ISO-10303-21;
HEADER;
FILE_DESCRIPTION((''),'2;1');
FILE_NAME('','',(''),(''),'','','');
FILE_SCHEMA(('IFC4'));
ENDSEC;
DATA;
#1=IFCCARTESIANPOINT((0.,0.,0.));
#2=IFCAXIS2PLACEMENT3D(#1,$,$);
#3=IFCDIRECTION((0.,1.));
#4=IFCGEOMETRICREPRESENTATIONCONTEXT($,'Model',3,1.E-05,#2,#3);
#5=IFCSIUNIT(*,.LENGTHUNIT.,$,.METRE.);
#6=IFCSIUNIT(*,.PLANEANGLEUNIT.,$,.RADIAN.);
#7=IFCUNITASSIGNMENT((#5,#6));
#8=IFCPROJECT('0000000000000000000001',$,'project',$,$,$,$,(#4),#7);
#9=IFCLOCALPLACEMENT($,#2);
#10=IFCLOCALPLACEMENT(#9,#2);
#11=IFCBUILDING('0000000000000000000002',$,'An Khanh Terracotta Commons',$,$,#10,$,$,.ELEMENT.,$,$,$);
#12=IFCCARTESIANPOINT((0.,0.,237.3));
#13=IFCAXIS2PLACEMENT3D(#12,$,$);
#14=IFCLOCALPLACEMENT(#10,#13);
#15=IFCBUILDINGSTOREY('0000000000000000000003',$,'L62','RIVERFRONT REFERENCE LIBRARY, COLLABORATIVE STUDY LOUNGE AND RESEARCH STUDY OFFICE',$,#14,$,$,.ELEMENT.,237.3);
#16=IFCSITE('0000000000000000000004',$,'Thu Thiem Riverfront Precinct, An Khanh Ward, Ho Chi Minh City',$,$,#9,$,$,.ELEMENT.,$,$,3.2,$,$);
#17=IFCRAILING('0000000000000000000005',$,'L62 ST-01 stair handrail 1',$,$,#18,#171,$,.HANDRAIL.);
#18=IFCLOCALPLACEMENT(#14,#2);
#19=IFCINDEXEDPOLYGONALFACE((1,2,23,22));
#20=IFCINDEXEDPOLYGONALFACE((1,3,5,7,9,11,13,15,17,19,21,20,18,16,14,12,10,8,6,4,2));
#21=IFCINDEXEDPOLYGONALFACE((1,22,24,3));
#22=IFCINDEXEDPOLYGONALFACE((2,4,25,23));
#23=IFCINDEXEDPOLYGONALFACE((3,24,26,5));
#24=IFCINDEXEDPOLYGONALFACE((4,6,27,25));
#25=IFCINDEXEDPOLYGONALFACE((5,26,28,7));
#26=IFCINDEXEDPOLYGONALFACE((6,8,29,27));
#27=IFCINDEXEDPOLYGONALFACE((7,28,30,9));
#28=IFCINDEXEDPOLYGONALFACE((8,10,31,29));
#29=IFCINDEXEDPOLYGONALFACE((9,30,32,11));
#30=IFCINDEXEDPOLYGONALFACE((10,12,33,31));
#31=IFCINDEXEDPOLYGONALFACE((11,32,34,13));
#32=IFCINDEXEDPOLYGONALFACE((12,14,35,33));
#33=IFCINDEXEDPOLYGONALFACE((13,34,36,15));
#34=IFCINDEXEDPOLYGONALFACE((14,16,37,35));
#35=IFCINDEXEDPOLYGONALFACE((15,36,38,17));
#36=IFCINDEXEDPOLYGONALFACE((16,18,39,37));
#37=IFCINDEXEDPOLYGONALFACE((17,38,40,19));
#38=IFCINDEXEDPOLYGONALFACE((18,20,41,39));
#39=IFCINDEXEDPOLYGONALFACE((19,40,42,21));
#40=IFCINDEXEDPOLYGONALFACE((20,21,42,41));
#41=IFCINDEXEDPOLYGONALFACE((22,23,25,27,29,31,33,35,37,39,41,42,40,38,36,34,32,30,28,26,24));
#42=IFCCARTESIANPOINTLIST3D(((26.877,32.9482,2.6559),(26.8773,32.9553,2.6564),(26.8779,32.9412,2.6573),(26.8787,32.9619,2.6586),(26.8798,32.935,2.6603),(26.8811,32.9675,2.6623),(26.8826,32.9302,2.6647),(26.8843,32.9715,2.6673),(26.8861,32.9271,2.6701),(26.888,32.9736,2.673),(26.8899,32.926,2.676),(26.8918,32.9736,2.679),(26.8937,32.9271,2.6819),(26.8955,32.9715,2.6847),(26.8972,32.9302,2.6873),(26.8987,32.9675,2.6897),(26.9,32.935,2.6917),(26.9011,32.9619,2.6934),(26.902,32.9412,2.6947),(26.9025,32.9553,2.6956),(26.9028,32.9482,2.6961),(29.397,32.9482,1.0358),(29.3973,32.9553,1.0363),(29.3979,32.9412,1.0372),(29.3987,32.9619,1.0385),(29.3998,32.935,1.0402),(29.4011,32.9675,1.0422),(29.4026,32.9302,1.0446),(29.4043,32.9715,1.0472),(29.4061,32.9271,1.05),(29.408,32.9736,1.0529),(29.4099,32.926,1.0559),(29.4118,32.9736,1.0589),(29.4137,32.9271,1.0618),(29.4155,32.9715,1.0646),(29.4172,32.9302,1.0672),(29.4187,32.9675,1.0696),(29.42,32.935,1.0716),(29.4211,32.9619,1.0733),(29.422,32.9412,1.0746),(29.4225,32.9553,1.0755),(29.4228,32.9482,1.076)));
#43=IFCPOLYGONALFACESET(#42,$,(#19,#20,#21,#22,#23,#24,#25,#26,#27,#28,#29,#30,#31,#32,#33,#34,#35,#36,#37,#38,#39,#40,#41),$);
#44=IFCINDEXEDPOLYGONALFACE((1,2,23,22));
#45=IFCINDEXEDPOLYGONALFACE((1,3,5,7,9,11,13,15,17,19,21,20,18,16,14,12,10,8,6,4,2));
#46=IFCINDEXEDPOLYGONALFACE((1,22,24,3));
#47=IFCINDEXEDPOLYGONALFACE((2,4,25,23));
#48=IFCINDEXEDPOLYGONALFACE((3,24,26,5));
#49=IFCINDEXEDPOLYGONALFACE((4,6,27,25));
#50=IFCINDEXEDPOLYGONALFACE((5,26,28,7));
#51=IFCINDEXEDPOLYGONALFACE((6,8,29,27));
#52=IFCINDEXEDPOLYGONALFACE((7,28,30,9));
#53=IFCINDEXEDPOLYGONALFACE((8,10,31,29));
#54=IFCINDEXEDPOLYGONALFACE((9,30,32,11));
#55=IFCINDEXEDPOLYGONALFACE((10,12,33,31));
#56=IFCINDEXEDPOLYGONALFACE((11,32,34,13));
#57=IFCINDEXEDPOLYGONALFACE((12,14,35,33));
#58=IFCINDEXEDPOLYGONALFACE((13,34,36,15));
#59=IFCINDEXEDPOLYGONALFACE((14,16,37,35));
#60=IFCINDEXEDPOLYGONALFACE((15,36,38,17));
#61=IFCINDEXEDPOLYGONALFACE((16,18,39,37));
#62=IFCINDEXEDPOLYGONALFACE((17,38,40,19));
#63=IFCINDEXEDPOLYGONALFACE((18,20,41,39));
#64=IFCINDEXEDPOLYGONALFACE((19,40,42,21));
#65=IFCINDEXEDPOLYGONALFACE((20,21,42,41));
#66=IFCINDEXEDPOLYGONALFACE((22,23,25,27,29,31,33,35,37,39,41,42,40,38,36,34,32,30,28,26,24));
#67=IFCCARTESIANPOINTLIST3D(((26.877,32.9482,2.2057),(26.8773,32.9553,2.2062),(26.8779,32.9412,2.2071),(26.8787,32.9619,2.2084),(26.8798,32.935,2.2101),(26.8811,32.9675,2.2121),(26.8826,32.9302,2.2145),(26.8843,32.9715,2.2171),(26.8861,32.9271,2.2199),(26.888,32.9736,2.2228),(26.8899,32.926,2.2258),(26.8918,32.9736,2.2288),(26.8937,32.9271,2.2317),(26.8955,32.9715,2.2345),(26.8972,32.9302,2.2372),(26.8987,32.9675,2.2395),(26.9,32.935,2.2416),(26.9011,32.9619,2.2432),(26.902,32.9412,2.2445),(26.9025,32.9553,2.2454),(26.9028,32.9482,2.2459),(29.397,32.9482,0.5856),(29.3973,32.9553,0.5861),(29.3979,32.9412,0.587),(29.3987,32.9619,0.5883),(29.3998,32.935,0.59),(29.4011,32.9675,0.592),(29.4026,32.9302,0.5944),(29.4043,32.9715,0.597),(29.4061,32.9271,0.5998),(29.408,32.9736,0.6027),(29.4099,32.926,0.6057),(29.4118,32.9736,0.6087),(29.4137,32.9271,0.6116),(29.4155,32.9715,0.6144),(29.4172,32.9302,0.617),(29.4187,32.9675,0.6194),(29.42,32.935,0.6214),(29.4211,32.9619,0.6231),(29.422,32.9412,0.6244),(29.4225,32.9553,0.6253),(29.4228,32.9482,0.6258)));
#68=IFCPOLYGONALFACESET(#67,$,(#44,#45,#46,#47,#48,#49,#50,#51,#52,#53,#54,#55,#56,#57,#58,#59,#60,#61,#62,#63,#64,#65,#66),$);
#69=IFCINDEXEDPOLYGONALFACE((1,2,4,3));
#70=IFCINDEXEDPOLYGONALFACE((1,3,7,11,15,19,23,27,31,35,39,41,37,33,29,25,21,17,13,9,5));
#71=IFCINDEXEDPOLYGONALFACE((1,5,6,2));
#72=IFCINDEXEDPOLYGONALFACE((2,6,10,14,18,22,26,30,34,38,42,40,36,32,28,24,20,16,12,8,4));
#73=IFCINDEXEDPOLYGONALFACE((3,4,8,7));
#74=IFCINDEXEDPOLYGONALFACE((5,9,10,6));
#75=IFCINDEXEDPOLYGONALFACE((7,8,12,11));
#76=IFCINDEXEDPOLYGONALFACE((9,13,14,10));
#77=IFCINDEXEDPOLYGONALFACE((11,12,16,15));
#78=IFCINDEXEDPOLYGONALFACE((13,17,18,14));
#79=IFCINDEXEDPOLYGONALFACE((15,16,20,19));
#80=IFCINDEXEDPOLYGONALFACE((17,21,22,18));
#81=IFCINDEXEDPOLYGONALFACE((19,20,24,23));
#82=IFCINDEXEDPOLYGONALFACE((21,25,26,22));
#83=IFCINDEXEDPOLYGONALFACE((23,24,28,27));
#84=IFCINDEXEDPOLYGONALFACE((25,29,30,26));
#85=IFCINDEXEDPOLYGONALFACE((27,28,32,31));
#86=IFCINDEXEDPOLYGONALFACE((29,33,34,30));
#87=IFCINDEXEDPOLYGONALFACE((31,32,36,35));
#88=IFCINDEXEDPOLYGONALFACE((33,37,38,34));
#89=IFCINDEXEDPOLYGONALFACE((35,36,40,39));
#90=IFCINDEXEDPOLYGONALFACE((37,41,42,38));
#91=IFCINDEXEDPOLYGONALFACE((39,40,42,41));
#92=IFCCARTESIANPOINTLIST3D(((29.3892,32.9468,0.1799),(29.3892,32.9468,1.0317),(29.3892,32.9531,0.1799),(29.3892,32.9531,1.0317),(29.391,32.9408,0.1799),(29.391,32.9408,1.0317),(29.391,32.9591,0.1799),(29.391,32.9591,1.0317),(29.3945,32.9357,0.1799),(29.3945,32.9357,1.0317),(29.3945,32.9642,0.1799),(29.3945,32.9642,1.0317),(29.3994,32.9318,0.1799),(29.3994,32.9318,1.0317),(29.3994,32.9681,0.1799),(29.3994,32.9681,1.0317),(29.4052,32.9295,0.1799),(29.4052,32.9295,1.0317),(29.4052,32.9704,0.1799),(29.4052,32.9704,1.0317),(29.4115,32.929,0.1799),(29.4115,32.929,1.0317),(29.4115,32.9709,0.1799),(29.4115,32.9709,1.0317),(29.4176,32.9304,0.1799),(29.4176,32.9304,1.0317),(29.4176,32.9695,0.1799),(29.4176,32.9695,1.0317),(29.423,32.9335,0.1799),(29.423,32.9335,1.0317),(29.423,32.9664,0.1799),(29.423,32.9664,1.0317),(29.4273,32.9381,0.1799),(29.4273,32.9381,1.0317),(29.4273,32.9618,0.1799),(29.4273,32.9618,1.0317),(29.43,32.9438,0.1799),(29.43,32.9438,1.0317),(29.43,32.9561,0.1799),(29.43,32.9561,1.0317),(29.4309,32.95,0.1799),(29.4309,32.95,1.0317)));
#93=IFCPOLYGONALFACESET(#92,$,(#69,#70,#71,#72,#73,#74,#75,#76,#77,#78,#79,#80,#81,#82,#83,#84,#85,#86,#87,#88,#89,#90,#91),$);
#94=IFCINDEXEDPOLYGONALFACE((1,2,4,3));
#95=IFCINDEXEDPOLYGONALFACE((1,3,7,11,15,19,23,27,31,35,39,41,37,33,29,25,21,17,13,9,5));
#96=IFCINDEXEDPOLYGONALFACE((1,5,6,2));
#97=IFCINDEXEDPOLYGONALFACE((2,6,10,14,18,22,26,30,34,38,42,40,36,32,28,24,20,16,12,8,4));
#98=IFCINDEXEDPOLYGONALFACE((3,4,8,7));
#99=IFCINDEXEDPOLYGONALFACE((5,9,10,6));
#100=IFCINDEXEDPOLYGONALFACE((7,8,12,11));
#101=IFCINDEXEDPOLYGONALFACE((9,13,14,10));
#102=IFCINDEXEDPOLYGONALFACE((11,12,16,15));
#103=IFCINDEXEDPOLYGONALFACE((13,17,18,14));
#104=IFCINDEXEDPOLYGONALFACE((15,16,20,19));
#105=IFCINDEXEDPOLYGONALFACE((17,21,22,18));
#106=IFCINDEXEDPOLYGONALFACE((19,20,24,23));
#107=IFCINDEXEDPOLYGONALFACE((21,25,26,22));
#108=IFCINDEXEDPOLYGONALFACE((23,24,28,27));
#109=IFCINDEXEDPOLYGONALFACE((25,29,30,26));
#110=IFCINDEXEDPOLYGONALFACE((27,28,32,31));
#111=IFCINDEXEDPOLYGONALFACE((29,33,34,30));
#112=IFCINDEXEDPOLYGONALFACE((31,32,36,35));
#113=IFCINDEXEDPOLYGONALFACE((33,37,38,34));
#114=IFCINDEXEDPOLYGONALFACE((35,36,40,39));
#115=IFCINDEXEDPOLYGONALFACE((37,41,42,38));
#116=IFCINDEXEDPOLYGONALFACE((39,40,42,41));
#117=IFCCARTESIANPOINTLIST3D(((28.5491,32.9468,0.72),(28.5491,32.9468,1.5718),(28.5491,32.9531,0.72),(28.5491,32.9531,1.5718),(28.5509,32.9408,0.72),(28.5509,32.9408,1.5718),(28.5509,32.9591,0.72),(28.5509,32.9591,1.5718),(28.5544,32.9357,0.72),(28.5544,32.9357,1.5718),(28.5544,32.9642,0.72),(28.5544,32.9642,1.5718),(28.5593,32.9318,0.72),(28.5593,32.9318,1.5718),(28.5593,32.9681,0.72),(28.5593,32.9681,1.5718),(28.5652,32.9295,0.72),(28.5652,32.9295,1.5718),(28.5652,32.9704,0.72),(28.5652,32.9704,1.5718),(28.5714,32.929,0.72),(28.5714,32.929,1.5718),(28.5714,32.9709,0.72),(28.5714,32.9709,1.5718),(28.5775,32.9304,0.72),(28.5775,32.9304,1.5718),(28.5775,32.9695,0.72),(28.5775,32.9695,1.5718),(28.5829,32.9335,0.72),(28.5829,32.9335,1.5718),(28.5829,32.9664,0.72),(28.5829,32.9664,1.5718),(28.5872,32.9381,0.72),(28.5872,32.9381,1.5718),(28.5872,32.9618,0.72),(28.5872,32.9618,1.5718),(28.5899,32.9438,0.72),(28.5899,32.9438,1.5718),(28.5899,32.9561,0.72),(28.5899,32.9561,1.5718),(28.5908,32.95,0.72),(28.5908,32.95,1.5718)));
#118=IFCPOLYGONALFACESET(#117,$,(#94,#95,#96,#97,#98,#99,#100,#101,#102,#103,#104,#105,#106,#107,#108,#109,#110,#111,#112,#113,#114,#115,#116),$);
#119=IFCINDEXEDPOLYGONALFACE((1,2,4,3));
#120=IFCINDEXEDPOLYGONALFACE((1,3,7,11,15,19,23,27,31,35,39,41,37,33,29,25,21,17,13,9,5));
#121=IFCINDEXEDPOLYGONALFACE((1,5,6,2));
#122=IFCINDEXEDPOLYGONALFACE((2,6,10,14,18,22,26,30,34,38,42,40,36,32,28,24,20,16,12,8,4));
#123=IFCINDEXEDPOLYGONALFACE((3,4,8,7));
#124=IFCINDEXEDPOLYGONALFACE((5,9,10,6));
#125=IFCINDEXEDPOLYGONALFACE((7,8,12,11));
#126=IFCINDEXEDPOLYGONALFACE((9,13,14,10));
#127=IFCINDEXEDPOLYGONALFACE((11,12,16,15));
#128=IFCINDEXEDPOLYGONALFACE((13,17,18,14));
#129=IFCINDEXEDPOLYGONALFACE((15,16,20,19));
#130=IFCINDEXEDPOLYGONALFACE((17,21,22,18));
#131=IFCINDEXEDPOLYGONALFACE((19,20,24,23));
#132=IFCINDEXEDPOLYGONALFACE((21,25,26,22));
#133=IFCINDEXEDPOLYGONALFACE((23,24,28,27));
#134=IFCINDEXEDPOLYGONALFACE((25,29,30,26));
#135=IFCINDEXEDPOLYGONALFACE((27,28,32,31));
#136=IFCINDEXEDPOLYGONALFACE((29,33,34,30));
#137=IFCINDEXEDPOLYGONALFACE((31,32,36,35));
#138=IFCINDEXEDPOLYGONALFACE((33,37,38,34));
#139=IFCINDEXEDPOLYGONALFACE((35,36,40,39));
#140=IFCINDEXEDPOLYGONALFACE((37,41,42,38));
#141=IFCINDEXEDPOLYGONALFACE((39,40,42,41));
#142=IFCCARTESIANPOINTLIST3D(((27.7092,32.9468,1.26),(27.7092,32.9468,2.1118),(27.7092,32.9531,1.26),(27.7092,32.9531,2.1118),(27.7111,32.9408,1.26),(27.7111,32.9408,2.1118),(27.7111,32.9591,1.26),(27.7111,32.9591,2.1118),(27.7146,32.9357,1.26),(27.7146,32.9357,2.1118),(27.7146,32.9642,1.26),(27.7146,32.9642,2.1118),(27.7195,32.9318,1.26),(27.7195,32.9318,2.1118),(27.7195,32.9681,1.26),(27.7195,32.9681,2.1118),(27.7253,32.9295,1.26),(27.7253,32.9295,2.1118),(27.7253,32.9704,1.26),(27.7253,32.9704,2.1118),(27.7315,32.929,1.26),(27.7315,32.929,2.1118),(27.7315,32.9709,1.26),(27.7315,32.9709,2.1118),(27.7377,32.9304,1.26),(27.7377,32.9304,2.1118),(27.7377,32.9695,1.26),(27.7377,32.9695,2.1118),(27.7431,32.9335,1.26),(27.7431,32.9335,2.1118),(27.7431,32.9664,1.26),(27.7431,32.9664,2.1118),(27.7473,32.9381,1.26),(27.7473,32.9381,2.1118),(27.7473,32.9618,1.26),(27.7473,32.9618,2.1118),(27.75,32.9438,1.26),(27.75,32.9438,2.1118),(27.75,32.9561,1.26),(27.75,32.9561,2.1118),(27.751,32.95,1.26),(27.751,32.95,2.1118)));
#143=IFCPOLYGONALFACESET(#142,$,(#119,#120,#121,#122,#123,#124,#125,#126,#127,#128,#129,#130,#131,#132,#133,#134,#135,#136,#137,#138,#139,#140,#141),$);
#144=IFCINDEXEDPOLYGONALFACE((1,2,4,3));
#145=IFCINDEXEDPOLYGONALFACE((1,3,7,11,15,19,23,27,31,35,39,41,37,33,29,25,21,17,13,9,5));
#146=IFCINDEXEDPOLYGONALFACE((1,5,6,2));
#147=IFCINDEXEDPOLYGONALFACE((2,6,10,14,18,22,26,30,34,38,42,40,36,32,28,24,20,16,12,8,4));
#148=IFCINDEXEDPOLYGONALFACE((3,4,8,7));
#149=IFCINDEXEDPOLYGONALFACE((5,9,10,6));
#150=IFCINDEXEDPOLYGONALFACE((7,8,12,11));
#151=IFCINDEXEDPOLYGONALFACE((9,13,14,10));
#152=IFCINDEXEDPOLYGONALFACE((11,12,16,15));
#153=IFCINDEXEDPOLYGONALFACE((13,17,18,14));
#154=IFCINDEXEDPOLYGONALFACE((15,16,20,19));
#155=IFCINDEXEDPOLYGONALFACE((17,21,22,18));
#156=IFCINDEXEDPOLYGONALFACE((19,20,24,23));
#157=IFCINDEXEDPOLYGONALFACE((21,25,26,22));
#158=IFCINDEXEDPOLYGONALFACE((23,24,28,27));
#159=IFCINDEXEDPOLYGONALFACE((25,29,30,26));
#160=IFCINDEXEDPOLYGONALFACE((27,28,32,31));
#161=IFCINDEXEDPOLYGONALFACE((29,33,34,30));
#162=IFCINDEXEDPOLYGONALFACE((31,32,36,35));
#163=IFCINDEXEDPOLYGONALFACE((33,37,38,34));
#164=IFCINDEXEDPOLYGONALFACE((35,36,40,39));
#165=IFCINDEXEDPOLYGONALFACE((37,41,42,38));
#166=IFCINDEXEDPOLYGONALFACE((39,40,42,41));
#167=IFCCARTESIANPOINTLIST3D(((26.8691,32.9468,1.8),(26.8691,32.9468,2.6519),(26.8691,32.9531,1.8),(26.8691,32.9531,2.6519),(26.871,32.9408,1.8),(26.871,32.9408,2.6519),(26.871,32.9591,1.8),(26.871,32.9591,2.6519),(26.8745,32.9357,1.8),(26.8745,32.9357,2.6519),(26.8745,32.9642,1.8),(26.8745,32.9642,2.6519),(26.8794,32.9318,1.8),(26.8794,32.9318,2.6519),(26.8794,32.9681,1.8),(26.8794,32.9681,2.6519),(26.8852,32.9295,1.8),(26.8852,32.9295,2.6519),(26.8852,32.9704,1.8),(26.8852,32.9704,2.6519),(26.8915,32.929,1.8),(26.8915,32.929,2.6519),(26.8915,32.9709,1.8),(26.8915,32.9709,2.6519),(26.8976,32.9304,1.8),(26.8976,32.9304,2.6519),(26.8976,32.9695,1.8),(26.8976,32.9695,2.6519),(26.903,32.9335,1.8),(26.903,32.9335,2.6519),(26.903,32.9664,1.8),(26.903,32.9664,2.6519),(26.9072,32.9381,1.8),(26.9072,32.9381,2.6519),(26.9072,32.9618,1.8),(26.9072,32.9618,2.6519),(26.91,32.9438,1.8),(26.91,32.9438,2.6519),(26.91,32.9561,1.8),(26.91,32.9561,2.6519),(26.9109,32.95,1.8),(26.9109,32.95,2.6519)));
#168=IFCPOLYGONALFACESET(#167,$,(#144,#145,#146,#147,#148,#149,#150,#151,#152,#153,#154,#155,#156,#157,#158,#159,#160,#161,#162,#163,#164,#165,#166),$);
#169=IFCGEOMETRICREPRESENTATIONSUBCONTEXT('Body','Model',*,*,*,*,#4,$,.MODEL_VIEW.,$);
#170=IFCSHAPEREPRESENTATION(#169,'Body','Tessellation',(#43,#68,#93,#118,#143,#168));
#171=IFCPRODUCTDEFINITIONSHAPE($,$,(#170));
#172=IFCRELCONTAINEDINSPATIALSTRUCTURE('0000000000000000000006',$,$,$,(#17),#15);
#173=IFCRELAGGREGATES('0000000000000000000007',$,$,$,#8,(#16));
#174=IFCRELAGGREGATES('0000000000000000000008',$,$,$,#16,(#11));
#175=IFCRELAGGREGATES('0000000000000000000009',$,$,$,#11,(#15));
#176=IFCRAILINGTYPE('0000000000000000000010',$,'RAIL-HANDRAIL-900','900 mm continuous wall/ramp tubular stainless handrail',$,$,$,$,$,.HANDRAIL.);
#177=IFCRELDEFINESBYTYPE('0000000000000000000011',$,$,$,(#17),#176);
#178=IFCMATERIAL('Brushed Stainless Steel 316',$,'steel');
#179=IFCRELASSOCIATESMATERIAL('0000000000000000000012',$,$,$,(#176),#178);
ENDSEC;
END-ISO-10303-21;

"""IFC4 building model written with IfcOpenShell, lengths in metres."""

from ifc_helpers import new_model, si_unit, direction, frame, origin, origin_2d, place, context, subcontext, project, spatial, circle, extrude, material, type_object, element, save


model = new_model("IFC4")

# Units and contexts
model_context = context("Model", 3, precision=1e-05, world=origin(), true_north=direction((0.0, 1.0)))
body_context = subcontext(model_context, "Body", "Model", "MODEL_VIEW")
ifc_project = project(units=[si_unit("LENGTHUNIT", "METRE"), si_unit("PLANEANGLEUNIT", "RADIAN")], contexts=[model_context])

# Site, building, storey
site_placement = place(None, origin())
site = spatial("IfcSite", under=ifc_project, at=site_placement, Name="Thu Thiem Riverfront Precinct, An Khanh Ward, Ho Chi Minh City", CompositionType="ELEMENT", RefElevation=3.2)
building_placement = place(site_placement, origin())
building = spatial("IfcBuilding", under=site, at=building_placement, Name="An Khanh Terracotta Commons", CompositionType="ELEMENT")
storey_placement = place(building_placement, frame((0.0, 0.0, 237.3)))
storey = spatial("IfcBuildingStorey", under=building, at=storey_placement, Name="L62", Description="RIVERFRONT REFERENCE LIBRARY, COLLABORATIVE STUDY LOUNGE AND RESEARCH STUDY OFFICE", CompositionType="ELEMENT", Elevation=237.3)

# Railing
ifc_material_1 = material(Name="Brushed Stainless Steel 316", Category="steel")
railing_type_1 = type_object("IfcRailingType", Name="RAIL-HANDRAIL-900", Description="900 mm continuous wall/ramp tubular stainless handrail", PredefinedType="HANDRAIL", material=ifc_material_1)
railing_1_placement = place(storey_placement, frame((29.4099, 32.95, 0.1799)))
element("IfcRailing", 1, at=railing_1_placement, inside=storey, type_object=railing_type_1, Name="L62 ST-01 stair handrail 1", PredefinedType="HANDRAIL", context=body_context, shape_type="SweptSolid", body=[
    extrude(circle(Radius=0.0239, at=origin_2d()), frame((0.0, 0.0, 0.876), z_axis=(-0.841163, 0.0, 0.540782), x_axis=(0.0, -1.0, 0.0)), (0.0, 0.0, 1.0), 2.9958),
    extrude(circle(Radius=0.0239, at=origin_2d()), frame((0.0, 0.0, 0.4258), z_axis=(-0.841163, 0.0, 0.540782), x_axis=(0.0, -1.0, 0.0)), (0.0, 0.0, 1.0), 2.9958),
    extrude(circle(Radius=0.021, at=origin_2d()), origin(), (0.0, 0.0, 1.0), 0.8518),
    extrude(circle(Radius=0.021, at=origin_2d()), frame((-0.8401, 0.0, 0.54)), (0.0, 0.0, 1.0), 0.8518),
    extrude(circle(Radius=0.021, at=origin_2d()), frame((-1.6799, 0.0, 1.0801)), (0.0, 0.0, 1.0), 0.8518),
    extrude(circle(Radius=0.021, at=origin_2d()), frame((-2.52, 0.0, 1.6201)), (0.0, 0.0, 1.0), 0.8518),
])

save(model, "model.ifc")
